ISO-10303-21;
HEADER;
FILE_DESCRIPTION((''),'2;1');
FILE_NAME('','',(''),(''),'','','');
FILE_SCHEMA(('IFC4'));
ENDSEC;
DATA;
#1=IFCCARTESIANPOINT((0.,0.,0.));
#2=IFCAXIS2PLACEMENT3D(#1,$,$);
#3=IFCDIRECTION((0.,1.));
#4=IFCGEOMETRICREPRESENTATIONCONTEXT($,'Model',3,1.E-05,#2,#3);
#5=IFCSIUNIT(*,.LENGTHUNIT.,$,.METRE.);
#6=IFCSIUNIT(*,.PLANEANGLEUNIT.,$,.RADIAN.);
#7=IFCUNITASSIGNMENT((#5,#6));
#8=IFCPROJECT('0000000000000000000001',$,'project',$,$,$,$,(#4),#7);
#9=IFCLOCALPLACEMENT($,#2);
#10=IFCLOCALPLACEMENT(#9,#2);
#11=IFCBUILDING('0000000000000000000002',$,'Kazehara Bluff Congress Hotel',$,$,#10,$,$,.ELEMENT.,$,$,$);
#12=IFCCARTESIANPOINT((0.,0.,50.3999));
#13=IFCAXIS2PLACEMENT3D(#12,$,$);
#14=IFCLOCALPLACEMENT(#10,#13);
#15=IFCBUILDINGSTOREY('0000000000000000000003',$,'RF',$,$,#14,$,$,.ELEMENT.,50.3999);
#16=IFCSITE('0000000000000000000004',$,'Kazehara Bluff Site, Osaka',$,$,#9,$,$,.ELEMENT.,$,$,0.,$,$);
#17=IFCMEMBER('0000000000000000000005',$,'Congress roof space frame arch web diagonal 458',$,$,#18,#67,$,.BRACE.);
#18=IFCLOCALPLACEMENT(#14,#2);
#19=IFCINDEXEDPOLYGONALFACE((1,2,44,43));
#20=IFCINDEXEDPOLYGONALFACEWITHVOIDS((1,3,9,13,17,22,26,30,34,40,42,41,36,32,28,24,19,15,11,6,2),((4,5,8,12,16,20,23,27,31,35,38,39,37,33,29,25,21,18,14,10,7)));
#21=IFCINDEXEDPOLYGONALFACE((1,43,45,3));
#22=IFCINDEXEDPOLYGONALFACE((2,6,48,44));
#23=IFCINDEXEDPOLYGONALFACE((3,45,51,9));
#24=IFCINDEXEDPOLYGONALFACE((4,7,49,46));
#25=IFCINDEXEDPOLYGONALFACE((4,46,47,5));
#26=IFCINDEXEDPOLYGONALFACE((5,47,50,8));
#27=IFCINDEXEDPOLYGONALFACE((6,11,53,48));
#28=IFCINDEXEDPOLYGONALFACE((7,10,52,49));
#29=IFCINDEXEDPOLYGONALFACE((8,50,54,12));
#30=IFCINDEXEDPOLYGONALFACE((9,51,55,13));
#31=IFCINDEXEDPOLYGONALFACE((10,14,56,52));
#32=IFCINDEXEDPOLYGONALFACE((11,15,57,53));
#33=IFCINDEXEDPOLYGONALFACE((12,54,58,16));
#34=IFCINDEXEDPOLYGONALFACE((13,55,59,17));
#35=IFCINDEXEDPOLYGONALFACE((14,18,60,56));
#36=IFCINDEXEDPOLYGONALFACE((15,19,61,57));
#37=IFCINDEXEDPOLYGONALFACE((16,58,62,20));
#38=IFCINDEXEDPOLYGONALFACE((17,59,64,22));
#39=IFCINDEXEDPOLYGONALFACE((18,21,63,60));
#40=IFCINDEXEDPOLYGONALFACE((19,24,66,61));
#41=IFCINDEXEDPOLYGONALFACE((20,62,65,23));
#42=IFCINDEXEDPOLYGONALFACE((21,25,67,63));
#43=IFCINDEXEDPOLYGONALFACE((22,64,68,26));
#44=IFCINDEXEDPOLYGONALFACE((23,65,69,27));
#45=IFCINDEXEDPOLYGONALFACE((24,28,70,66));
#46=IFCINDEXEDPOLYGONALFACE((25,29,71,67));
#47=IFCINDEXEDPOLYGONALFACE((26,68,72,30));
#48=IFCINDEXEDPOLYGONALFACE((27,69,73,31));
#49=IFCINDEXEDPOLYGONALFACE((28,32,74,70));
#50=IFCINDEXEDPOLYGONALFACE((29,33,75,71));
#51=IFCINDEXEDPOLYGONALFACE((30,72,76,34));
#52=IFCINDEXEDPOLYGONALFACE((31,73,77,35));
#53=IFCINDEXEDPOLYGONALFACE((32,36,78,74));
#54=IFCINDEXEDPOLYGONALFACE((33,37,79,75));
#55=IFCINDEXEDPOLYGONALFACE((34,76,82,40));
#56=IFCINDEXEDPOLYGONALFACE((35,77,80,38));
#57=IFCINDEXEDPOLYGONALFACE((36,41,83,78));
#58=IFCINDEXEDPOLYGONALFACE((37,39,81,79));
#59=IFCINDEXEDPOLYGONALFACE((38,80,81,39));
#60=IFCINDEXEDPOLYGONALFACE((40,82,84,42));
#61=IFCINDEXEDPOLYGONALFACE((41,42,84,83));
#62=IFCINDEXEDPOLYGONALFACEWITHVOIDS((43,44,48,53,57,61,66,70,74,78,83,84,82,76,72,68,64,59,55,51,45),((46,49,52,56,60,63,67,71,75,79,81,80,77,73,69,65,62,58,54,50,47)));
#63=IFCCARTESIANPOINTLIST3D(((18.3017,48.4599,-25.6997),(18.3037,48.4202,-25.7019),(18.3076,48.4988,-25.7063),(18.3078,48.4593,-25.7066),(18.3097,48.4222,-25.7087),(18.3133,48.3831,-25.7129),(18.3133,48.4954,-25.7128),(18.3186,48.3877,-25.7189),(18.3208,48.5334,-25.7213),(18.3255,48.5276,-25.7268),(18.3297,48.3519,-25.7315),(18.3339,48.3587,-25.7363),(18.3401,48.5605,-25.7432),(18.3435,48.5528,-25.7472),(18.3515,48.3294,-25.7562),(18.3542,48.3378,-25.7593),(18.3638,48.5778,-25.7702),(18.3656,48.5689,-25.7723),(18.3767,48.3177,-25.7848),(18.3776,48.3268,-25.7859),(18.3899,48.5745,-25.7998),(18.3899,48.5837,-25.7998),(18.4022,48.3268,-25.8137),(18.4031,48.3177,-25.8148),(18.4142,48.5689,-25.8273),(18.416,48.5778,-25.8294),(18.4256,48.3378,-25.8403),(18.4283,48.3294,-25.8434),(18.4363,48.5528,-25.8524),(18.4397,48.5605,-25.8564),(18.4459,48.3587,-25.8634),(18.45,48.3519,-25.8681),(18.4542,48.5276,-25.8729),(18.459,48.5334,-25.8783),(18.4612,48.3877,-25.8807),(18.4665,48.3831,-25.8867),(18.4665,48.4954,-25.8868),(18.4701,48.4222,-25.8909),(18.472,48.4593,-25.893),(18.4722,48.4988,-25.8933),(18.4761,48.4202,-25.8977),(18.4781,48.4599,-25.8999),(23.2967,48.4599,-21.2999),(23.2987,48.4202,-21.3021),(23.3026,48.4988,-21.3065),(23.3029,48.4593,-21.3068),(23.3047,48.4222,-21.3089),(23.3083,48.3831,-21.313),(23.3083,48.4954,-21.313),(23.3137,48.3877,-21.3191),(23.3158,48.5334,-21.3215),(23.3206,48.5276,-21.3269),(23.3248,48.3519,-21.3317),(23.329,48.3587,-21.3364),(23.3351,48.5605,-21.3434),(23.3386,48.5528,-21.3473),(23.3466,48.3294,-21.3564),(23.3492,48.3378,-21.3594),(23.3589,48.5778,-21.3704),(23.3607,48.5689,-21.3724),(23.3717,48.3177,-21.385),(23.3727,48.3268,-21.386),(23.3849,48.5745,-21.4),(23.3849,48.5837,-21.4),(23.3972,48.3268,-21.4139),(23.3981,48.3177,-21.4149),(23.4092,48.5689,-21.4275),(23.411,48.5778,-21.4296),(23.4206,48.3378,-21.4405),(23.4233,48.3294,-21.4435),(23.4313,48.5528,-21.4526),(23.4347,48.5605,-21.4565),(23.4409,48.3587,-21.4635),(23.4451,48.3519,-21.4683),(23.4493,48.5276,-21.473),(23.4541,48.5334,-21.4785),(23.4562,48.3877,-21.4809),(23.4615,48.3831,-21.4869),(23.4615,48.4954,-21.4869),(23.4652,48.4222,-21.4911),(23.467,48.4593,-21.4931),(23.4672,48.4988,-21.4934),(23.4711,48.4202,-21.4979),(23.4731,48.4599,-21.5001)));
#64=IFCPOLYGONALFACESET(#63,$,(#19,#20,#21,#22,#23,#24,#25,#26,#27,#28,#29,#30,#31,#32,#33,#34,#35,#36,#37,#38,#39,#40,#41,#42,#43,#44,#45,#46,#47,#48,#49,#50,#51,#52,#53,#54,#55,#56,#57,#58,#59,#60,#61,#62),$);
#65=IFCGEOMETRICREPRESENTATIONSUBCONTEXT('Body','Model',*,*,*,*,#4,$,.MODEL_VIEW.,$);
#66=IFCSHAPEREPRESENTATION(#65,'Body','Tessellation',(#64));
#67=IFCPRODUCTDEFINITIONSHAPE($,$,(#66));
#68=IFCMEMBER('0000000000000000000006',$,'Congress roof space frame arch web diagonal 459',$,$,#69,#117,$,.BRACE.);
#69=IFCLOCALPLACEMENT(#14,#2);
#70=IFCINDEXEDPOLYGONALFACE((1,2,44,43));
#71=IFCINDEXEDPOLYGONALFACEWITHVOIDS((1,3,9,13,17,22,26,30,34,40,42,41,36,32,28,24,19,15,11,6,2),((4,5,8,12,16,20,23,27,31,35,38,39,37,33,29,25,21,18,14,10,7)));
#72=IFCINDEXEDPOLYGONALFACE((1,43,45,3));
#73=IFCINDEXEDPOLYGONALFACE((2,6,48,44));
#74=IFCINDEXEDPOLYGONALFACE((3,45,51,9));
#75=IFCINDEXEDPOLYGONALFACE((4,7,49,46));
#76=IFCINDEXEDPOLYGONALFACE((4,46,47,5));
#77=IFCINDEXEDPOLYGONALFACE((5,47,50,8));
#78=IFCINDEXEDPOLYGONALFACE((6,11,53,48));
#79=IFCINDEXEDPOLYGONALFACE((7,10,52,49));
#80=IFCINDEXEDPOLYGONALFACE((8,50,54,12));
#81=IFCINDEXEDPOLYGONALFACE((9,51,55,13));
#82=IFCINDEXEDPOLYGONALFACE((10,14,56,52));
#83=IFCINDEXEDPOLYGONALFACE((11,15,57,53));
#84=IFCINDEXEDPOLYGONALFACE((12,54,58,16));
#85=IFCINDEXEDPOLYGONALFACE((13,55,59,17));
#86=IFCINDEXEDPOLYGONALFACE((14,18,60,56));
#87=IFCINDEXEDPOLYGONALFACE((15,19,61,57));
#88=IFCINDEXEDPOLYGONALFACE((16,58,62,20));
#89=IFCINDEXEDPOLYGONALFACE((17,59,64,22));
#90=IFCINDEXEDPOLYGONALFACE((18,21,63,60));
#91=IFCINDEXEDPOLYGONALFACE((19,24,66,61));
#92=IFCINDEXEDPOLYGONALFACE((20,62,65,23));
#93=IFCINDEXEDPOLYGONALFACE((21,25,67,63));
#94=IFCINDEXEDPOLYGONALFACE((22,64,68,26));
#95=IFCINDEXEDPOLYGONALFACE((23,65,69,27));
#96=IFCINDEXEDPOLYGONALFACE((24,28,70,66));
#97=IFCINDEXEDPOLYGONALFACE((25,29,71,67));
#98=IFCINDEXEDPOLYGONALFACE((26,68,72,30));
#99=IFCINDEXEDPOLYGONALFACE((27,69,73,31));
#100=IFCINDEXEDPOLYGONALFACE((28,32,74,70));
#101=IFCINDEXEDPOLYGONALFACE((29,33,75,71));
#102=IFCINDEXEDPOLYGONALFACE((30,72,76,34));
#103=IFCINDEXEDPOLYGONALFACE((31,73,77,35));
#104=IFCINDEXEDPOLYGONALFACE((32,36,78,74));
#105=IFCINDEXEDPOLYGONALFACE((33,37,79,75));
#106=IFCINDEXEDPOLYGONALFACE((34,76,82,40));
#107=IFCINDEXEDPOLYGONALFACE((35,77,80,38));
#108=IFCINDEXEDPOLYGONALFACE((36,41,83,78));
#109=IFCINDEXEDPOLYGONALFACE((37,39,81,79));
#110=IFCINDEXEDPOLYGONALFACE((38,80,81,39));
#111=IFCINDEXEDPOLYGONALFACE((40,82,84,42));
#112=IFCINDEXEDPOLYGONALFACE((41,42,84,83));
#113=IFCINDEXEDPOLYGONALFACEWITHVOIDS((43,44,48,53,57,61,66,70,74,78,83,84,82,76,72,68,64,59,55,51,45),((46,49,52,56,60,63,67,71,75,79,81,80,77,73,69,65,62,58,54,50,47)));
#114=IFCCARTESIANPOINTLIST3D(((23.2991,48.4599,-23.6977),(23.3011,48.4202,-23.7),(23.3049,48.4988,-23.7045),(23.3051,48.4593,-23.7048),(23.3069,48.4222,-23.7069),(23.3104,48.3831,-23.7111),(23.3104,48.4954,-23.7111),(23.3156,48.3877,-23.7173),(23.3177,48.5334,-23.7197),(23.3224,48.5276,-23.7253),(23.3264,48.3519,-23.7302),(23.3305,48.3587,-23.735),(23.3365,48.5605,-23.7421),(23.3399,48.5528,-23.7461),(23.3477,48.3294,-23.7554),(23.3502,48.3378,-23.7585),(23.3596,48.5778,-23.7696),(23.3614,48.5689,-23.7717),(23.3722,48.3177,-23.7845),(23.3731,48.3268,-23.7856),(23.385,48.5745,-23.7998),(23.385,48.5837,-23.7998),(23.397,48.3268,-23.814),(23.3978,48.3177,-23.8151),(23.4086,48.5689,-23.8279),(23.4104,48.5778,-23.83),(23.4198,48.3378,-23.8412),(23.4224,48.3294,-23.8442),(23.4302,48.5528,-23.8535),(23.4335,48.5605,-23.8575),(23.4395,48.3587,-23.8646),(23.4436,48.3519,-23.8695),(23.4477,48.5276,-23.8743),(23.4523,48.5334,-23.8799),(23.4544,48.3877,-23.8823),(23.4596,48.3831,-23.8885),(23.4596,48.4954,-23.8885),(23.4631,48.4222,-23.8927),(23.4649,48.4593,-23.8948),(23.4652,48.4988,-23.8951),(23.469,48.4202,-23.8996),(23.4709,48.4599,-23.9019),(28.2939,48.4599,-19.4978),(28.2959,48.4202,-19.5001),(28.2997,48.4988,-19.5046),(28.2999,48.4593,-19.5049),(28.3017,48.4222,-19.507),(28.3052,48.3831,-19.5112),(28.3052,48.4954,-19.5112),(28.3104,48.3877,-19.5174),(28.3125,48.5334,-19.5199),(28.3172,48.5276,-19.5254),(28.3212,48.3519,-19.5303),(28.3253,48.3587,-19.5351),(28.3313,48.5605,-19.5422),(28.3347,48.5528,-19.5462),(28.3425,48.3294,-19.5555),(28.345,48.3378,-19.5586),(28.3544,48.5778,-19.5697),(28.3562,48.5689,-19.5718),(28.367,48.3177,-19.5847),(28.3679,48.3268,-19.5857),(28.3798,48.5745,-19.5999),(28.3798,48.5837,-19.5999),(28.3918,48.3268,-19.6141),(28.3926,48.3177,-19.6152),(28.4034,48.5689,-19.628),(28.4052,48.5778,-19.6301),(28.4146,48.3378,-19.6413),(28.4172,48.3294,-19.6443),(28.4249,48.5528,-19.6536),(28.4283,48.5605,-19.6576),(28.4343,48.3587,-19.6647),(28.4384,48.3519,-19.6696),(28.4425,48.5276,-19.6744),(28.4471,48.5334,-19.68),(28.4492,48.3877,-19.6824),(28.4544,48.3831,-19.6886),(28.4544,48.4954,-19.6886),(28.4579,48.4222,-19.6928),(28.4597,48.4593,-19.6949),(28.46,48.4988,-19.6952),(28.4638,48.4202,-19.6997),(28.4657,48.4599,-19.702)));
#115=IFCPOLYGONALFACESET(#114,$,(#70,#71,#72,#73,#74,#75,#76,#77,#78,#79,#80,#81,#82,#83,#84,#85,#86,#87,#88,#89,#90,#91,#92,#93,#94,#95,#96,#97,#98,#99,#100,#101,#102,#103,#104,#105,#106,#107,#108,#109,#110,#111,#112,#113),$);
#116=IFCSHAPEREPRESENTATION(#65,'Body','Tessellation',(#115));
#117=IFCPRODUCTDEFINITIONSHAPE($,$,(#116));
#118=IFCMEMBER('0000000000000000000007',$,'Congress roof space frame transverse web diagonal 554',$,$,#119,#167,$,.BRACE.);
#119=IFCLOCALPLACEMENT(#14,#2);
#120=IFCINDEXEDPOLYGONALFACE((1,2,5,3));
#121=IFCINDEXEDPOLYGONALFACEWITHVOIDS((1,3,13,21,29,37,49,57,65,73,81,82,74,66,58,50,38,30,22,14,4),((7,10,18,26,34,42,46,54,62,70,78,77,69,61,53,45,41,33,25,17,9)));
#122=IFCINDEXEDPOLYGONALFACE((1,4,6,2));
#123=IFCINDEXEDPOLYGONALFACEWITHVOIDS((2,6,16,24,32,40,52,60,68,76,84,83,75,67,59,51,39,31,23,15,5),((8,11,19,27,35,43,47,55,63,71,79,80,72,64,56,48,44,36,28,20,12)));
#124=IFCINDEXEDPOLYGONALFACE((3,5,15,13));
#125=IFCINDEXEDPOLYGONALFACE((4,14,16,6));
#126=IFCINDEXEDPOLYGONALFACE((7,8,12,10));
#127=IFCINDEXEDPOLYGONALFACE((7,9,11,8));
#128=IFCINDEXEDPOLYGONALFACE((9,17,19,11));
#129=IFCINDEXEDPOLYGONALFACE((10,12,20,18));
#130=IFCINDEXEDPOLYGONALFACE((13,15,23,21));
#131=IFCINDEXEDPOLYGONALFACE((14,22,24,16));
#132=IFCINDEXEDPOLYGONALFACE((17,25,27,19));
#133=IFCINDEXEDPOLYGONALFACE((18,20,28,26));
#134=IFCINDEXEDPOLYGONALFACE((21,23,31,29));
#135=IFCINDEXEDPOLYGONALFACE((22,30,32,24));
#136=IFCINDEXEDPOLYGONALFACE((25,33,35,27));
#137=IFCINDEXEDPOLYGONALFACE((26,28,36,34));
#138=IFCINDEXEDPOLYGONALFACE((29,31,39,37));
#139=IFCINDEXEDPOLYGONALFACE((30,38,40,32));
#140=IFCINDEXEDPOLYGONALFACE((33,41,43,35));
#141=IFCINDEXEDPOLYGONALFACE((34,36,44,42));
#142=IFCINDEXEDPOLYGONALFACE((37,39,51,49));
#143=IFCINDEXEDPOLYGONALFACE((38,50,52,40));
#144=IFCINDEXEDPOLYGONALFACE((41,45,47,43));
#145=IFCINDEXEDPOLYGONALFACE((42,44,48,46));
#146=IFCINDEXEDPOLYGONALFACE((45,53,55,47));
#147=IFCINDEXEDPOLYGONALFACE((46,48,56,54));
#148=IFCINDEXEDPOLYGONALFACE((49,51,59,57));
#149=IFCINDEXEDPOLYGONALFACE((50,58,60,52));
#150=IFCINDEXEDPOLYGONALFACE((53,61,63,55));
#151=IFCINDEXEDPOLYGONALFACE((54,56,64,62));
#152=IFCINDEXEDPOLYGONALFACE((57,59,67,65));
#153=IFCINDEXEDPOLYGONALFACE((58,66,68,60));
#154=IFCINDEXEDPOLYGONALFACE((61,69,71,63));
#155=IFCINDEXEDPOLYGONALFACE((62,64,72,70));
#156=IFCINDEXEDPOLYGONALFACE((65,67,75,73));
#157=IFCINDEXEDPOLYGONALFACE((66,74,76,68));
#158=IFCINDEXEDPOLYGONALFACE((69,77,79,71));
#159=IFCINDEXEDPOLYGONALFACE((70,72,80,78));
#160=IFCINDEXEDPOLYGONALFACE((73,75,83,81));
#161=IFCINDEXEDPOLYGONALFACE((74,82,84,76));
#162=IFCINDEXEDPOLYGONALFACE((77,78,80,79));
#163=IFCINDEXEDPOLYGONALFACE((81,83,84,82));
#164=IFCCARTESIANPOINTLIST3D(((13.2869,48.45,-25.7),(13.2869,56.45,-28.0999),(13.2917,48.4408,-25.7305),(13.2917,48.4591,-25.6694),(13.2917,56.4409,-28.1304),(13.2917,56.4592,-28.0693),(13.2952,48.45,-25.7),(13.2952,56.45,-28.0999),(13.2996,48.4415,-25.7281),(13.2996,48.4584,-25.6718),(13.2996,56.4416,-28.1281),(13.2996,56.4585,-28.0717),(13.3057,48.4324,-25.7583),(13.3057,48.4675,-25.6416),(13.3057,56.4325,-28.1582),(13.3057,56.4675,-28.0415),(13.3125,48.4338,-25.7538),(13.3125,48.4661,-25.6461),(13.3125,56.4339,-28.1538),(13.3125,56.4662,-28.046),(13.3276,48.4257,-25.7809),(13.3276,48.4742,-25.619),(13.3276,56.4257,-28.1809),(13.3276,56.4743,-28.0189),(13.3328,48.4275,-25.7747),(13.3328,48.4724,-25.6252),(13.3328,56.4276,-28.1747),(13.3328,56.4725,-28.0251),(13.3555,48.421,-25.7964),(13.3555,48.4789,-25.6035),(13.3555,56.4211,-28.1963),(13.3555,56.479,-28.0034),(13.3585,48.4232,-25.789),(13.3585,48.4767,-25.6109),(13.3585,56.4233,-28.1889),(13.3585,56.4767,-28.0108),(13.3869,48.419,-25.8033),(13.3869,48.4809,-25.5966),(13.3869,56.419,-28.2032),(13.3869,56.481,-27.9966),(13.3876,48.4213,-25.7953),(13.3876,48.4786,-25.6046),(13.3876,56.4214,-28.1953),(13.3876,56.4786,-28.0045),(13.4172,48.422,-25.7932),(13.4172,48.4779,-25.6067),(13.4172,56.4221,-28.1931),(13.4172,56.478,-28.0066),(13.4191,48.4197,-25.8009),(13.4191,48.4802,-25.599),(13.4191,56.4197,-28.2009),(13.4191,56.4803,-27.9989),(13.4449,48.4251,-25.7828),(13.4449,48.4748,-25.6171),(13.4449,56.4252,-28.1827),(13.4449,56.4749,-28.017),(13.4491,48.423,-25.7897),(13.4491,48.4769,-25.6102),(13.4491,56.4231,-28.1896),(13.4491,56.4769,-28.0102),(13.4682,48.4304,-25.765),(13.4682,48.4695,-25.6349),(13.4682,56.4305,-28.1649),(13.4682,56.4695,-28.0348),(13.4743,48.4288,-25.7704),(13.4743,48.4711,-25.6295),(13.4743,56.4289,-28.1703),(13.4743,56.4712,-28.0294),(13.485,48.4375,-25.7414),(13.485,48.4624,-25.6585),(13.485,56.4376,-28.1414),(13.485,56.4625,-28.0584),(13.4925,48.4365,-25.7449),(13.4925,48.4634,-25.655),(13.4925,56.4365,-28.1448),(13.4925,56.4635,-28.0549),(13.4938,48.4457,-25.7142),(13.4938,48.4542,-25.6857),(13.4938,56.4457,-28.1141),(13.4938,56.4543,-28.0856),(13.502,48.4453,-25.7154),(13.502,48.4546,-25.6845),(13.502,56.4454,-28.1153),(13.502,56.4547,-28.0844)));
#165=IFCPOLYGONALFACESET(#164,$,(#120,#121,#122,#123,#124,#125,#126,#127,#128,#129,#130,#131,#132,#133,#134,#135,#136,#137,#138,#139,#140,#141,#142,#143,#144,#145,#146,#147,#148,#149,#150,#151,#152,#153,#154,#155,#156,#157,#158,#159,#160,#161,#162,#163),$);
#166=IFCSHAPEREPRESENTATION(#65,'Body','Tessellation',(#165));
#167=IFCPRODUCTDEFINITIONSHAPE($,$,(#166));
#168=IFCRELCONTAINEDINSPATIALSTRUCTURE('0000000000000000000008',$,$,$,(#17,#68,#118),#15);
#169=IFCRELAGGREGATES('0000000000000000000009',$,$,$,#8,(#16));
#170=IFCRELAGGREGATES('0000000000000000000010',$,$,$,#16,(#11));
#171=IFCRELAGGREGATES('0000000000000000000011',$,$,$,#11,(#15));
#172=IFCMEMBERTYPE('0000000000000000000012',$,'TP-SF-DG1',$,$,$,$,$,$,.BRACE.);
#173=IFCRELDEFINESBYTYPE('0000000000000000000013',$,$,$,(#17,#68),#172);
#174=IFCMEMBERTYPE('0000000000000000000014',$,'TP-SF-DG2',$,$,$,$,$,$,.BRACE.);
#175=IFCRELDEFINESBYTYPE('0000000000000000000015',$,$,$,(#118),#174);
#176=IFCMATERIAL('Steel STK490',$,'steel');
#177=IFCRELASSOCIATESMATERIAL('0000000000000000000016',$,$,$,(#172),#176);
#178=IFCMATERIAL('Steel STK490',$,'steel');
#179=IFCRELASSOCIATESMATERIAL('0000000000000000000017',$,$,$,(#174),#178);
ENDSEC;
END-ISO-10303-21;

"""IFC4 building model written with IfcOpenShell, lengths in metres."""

from ifc_helpers import new_model, si_unit, direction, frame, origin, origin_2d, place, context, subcontext, project, spatial, hollow_circle, extrude, material, material_profile, profile_set, type_object, element, save


model = new_model("IFC4")

# Units and contexts
model_context = context("Model", 3, precision=1e-05, world=origin(), true_north=direction((0.0, 1.0)))
body_context = subcontext(model_context, "Body", "Model", "MODEL_VIEW")
ifc_project = project(units=[si_unit("LENGTHUNIT", "METRE"), si_unit("PLANEANGLEUNIT", "RADIAN")], contexts=[model_context])

# Site, building, storey
site_placement = place(None, origin())
site = spatial("IfcSite", under=ifc_project, at=site_placement, Name="Kazehara Bluff Site, Osaka", CompositionType="ELEMENT", RefElevation=0.0)
building_placement = place(site_placement, origin())
building = spatial("IfcBuilding", under=site, at=building_placement, Name="Kazehara Bluff Congress Hotel", CompositionType="ELEMENT")
storey_placement = place(building_placement, frame((0.0, 0.0, 50.3999)))
storey = spatial("IfcBuildingStorey", under=building, at=storey_placement, Name="RF", CompositionType="ELEMENT", Elevation=50.3999)

# Members
ifc_material_1 = material(Name="Steel STK490", Category="steel")
ifc_material_profile_1 = material_profile(ifc_material_1, hollow_circle(Radius=0.1338, WallThickness=0.0093, at=origin_2d()))
ifc_profile_set_1 = profile_set([ifc_material_profile_1], Name="Steel STK490")
member_type_1 = type_object("IfcMemberType", Name="TP-SF-DG1", PredefinedType="BRACE", material=ifc_profile_set_1)
member_1_placement = place(storey_placement, frame((18.3899, 48.45, -25.7998), z_axis=(0.750401, 0.0, 0.660983), x_axis=(0.0, 1.0, 0.0)))
element("IfcMember", 1, at=member_1_placement, inside=storey, type_object=member_type_1, Name="Congress roof space frame arch web diagonal 458", PredefinedType="BRACE", context=body_context, shape_type="SweptSolid", body=[
    extrude(hollow_circle(Radius=0.1338, WallThickness=0.0093, at=origin_2d()), origin(), (0.0, 0.0, 1.0), 6.6565),
])
member_2_placement = place(storey_placement, frame((23.385, 48.45, -23.7998), z_axis=(0.765383, 0.0, 0.643575), x_axis=(0.0, 1.0, 0.0)))
element("IfcMember", 2, at=member_2_placement, inside=storey, type_object=member_type_1, Name="Congress roof space frame arch web diagonal 459", PredefinedType="BRACE", context=body_context, shape_type="SweptSolid", body=[
    extrude(hollow_circle(Radius=0.1338, WallThickness=0.0093, at=origin_2d()), origin(), (0.0, 0.0, 1.0), 6.5259),
])
ifc_material_2 = material(Name="Steel STK490", Category="steel")
ifc_material_profile_2 = material_profile(ifc_material_2, hollow_circle(Radius=0.1082, WallThickness=0.0083, at=origin_2d()))
ifc_profile_set_2 = profile_set([ifc_material_profile_2], Name="Steel STK490")
member_type_2 = type_object("IfcMemberType", Name="TP-SF-DG2", PredefinedType="BRACE", material=ifc_profile_set_2)
for number, where, z_axis, x_axis, name in (
    (3, (13.395, 48.45, -25.7), (0.0, 0.95783, -0.287337), (-1.0, 0.0, 0.0), "Congress roof space frame transverse web diagonal 554"),
):
    element("IfcMember", number, at=place(storey_placement, frame(where, z_axis=z_axis, x_axis=x_axis)), inside=storey, type_object=member_type_2, Name=name, PredefinedType="BRACE", context=body_context, shape_type="SweptSolid", body=[
        extrude(hollow_circle(Radius=0.1082, WallThickness=0.0083, at=origin_2d()), origin(), (0.0, 0.0, 1.0), 8.3523),
    ])

save(model, "model.ifc")
